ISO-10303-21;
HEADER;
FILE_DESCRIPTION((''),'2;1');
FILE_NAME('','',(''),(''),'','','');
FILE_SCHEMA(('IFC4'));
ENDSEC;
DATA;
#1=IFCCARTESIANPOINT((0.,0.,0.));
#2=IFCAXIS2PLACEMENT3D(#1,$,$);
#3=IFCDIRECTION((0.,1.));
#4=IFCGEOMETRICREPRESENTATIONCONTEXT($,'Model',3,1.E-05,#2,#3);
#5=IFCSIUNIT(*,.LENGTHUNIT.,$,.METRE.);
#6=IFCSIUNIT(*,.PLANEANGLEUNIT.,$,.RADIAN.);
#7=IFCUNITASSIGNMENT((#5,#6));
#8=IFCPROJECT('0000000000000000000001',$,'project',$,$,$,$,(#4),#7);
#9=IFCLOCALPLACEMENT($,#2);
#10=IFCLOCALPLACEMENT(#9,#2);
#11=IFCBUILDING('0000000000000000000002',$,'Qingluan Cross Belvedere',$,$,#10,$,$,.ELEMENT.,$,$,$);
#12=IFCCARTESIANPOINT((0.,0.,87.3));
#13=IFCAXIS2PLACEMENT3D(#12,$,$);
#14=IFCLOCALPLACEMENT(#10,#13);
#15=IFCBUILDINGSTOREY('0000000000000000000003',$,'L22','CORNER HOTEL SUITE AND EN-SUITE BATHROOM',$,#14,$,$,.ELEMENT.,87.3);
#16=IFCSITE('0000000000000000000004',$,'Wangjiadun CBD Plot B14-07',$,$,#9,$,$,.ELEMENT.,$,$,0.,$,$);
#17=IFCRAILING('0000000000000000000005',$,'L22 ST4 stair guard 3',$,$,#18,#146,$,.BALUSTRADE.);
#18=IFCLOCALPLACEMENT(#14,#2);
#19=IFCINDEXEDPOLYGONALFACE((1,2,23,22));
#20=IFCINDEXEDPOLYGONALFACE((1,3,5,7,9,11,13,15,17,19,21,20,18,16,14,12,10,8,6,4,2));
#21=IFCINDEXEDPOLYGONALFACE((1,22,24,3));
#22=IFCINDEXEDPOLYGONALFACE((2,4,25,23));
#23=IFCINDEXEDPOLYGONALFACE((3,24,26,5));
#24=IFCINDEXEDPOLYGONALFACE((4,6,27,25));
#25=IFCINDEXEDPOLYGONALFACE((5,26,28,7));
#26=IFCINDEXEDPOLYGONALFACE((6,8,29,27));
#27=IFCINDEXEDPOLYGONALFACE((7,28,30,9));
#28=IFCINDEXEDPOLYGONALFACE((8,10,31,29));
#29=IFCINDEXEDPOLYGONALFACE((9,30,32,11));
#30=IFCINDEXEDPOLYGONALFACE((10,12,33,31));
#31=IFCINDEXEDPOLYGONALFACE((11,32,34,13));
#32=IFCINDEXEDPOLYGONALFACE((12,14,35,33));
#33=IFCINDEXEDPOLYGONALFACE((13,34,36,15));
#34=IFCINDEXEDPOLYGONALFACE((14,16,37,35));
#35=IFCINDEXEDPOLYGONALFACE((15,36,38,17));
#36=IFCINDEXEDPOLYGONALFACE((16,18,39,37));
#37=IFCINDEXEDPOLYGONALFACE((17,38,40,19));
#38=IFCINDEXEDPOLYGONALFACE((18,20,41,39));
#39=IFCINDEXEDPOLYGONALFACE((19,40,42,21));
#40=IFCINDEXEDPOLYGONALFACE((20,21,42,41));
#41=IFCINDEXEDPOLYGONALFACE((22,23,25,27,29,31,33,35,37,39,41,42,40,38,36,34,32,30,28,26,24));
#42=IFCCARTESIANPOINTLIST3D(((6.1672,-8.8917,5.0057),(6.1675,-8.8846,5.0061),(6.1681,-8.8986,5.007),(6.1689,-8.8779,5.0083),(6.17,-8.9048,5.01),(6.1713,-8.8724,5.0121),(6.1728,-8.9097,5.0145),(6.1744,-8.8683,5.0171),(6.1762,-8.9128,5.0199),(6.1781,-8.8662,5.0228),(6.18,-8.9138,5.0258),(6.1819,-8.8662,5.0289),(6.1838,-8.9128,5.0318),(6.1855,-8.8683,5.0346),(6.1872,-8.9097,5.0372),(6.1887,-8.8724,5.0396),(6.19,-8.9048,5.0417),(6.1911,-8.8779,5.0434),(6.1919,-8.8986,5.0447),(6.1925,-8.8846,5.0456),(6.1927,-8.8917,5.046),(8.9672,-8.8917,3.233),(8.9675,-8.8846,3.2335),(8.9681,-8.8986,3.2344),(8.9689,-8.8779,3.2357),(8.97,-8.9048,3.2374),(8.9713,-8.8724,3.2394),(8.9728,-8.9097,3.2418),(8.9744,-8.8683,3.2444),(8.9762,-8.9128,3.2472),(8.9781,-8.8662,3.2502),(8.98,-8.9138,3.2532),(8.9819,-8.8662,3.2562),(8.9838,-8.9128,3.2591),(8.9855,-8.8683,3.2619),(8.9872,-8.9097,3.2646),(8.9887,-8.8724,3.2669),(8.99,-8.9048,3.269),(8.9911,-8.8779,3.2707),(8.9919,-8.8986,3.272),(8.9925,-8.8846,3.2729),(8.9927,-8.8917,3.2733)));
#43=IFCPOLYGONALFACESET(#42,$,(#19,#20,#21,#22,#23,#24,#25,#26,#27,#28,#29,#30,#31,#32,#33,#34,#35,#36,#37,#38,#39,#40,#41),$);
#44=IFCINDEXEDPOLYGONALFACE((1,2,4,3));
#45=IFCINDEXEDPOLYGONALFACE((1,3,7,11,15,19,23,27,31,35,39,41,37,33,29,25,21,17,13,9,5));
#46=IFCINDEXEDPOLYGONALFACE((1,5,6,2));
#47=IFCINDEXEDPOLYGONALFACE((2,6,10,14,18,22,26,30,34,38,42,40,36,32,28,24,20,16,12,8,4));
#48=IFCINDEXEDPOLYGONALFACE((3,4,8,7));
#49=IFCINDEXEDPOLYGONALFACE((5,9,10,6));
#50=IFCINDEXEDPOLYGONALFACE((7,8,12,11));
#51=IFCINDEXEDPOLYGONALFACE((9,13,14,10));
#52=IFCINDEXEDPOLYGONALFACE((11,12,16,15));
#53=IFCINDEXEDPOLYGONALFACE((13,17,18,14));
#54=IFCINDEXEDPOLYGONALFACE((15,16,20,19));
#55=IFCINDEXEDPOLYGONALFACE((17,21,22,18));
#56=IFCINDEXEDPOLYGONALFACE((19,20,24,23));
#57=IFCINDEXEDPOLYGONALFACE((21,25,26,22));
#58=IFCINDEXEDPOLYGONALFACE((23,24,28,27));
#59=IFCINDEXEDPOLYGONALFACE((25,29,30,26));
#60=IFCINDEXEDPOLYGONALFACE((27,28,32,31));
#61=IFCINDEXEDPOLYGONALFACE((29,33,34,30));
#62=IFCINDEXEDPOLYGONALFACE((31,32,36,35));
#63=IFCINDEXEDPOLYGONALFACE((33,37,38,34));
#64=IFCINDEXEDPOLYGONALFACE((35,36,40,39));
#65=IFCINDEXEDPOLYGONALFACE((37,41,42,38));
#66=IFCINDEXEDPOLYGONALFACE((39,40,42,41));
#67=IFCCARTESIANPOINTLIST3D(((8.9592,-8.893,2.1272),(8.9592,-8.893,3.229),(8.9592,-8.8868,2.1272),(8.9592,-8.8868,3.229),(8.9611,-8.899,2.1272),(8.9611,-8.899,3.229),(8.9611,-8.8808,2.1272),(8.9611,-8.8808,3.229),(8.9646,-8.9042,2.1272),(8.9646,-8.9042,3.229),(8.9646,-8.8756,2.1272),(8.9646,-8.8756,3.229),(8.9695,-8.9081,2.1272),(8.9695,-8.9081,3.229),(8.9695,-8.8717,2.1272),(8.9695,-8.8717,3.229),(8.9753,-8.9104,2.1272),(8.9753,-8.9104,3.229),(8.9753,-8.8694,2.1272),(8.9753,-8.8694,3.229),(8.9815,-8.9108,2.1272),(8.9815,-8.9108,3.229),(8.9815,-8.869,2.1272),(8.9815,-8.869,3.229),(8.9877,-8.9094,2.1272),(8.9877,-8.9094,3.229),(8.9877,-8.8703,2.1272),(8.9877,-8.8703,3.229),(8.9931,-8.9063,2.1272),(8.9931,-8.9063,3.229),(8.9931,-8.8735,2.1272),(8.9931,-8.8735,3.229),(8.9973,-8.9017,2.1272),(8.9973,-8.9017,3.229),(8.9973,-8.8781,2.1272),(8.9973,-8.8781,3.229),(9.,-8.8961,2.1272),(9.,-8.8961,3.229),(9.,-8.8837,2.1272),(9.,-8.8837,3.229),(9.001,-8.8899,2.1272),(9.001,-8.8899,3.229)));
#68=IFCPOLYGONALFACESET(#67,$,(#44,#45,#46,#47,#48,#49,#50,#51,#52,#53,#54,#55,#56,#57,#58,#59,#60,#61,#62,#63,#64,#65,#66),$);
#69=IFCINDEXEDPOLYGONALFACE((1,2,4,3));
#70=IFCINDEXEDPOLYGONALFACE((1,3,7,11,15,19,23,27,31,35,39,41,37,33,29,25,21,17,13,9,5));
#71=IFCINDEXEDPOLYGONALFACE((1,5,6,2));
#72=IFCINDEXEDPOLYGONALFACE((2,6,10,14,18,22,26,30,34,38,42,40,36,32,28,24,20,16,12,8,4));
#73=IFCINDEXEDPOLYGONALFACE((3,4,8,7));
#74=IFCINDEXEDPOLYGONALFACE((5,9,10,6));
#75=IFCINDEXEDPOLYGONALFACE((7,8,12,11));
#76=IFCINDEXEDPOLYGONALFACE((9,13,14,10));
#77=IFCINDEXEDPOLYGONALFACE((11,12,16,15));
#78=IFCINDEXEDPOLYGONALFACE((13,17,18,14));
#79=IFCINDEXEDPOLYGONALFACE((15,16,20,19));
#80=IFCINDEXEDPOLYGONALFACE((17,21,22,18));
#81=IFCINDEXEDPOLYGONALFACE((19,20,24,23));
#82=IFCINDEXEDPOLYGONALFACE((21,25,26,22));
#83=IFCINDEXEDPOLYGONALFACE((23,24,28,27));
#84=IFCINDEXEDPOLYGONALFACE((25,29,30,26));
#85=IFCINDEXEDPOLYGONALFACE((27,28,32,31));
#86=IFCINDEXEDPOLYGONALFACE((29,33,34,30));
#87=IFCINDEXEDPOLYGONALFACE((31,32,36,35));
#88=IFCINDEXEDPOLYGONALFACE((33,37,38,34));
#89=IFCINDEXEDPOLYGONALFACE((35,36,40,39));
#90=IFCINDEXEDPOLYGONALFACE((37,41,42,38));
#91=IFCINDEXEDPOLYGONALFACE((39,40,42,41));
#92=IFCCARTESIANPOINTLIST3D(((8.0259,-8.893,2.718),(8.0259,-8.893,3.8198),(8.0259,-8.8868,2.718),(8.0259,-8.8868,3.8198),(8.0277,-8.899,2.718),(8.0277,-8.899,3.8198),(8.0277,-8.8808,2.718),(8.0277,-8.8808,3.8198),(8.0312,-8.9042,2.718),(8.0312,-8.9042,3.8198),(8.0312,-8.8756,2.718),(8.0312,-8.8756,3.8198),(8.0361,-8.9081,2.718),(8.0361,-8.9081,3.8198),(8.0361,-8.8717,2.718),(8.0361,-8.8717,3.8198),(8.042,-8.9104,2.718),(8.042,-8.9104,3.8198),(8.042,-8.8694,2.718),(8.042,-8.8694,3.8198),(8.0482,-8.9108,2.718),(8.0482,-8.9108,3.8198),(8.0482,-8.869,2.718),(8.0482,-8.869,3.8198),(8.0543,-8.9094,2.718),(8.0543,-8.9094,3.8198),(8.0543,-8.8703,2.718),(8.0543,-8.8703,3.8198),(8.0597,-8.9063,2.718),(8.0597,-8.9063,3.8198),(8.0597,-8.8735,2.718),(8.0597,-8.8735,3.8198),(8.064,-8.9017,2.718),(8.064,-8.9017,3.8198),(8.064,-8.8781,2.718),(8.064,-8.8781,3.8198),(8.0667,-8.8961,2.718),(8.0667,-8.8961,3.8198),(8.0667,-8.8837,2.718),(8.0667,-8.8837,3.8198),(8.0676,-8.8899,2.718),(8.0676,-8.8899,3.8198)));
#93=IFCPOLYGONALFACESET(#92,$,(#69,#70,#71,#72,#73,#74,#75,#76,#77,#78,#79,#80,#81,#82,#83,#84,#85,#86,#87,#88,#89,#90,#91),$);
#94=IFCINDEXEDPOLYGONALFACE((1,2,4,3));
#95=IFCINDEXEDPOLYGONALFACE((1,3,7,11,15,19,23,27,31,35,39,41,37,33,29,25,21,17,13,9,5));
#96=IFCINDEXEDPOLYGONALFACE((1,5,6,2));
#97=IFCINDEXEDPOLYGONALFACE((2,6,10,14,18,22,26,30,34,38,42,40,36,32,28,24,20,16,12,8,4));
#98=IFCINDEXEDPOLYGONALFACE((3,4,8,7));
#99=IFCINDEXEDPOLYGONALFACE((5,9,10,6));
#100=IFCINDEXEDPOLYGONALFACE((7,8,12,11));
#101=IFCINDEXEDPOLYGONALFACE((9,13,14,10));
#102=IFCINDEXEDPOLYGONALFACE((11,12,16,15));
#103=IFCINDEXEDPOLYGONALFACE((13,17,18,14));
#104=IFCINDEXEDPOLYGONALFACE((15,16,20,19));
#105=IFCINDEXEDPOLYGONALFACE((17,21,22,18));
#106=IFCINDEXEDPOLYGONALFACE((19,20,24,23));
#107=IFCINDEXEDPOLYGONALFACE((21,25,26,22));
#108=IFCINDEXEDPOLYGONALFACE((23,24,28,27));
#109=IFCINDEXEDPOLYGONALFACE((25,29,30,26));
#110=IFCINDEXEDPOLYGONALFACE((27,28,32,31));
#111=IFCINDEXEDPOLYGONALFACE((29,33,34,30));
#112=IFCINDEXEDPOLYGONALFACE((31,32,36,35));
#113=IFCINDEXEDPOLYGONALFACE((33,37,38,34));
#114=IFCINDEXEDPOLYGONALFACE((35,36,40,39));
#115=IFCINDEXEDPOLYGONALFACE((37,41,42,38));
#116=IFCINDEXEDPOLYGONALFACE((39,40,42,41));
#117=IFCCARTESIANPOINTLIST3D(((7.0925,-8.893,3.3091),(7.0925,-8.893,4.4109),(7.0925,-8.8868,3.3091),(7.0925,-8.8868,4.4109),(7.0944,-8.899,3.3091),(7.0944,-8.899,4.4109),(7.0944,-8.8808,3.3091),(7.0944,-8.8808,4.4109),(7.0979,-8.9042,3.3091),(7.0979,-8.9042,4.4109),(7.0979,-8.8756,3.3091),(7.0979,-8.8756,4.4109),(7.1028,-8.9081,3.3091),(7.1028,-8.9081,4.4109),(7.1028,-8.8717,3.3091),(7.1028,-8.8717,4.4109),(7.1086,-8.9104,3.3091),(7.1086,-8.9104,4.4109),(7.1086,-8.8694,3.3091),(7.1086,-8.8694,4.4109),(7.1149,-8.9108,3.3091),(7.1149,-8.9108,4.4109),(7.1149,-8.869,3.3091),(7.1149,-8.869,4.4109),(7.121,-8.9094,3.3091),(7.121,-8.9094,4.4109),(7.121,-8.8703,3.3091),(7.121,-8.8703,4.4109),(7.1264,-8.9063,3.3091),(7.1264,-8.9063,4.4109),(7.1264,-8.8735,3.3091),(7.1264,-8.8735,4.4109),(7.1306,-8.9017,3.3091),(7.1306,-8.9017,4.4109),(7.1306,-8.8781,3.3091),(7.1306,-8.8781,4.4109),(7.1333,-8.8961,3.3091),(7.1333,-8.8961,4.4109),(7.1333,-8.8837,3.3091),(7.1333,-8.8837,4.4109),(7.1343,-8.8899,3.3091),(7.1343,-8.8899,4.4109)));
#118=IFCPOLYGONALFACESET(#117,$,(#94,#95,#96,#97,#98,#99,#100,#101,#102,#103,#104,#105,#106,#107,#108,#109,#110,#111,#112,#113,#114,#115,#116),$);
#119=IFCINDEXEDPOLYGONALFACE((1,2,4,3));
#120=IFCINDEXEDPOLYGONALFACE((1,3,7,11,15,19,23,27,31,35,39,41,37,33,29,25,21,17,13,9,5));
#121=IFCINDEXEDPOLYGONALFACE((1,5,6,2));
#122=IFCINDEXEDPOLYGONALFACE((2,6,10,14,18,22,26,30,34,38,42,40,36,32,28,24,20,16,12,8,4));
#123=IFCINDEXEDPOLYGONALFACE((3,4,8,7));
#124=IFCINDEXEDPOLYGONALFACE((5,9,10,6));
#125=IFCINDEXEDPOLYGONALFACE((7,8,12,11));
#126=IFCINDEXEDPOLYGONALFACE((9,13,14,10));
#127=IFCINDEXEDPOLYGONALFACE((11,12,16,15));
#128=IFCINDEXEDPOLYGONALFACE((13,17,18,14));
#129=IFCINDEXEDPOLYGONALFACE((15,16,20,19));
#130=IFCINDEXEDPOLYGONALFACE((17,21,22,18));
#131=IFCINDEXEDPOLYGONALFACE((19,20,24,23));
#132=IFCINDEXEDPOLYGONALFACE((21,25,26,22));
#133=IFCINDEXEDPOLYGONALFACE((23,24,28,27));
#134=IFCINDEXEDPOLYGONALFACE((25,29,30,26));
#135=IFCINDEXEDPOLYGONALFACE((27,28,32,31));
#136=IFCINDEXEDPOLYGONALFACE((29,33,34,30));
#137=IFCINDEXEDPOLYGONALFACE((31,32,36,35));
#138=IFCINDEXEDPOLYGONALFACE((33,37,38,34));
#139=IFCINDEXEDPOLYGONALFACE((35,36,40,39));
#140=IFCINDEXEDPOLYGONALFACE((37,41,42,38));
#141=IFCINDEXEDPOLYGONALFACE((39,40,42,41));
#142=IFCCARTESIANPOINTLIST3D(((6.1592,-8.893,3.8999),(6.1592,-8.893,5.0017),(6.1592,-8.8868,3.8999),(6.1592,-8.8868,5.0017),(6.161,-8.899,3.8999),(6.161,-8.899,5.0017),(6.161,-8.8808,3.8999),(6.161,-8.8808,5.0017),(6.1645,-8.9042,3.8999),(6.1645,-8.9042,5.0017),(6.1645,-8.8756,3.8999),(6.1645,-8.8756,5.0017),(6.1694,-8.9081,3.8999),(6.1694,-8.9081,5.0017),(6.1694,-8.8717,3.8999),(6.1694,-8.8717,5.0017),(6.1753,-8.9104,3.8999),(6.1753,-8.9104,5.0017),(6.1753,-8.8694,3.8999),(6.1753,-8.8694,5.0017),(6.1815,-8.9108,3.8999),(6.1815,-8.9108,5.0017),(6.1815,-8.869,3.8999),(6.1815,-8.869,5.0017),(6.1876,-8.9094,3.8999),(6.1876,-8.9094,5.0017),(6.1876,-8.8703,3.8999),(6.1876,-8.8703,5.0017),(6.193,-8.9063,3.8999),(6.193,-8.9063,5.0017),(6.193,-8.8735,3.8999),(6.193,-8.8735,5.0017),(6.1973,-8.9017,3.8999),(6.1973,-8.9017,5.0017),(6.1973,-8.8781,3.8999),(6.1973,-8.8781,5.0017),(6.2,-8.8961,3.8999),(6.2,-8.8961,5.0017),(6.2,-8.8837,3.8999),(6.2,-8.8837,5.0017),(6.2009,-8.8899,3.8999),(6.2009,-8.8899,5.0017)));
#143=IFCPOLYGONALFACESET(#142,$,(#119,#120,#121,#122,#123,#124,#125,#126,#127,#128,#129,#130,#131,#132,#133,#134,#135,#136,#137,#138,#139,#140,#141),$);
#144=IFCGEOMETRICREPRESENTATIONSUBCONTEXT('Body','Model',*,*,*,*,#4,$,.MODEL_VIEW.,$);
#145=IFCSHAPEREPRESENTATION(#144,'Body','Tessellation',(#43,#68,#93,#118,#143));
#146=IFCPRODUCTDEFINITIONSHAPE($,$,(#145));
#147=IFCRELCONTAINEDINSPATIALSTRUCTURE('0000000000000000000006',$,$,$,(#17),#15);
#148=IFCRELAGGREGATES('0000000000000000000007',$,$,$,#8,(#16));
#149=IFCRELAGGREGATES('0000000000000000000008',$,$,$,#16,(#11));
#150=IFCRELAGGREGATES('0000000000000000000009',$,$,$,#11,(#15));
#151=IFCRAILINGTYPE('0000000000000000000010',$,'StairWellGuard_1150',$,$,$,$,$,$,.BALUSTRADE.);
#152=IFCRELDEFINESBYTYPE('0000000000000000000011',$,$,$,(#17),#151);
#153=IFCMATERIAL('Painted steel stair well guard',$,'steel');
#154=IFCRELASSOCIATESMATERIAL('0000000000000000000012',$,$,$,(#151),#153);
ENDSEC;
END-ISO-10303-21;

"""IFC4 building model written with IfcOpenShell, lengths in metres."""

from ifc_helpers import new_model, si_unit, direction, frame, origin, origin_2d, place, context, subcontext, project, spatial, circle, extrude, material, type_object, element, save


model = new_model("IFC4")

# Units and contexts
model_context = context("Model", 3, precision=1e-05, world=origin(), true_north=direction((0.0, 1.0)))
body_context = subcontext(model_context, "Body", "Model", "MODEL_VIEW")
ifc_project = project(units=[si_unit("LENGTHUNIT", "METRE"), si_unit("PLANEANGLEUNIT", "RADIAN")], contexts=[model_context])

# Site, building, storey
site_placement = place(None, origin())
site = spatial("IfcSite", under=ifc_project, at=site_placement, Name="Wangjiadun CBD Plot B14-07", CompositionType="ELEMENT", RefElevation=0.0)
building_placement = place(site_placement, origin())
building = spatial("IfcBuilding", under=site, at=building_placement, Name="Qingluan Cross Belvedere", CompositionType="ELEMENT")
storey_placement = place(building_placement, frame((0.0, 0.0, 87.3)))
storey = spatial("IfcBuildingStorey", under=building, at=storey_placement, Name="L22", Description="CORNER HOTEL SUITE AND EN-SUITE BATHROOM", CompositionType="ELEMENT", Elevation=87.3)

# Railing
ifc_material_1 = material(Name="Painted steel stair well guard", Category="steel")
railing_type_1 = type_object("IfcRailingType", Name="StairWellGuard_1150", PredefinedType="BALUSTRADE", material=ifc_material_1)
railing_1_placement = place(storey_placement, frame((8.98, -8.8899, 2.1272)))
element("IfcRailing", 1, at=railing_1_placement, inside=storey, type_object=railing_type_1, Name="L22 ST4 stair guard 3", PredefinedType="BALUSTRADE", context=body_context, shape_type="SweptSolid", body=[
    extrude(circle(Radius=0.0239, at=origin_2d()), frame((0.0, 0.0, 1.126), z_axis=(-0.844909, 0.0, 0.53491), x_axis=(0.0, -1.0, 0.0)), (0.0, 0.0, 1.0), 3.314),
    extrude(circle(Radius=0.021, at=origin_2d()), origin(), (0.0, 0.0, 1.0), 1.1018),
    extrude(circle(Radius=0.021, at=origin_2d()), frame((-0.9333, 0.0, 0.5908)), (0.0, 0.0, 1.0), 1.1018),
    extrude(circle(Radius=0.021, at=origin_2d()), frame((-1.8667, 0.0, 1.1819)), (0.0, 0.0, 1.0), 1.1018),
    extrude(circle(Radius=0.021, at=origin_2d()), frame((-2.8, 0.0, 1.7727)), (0.0, 0.0, 1.0), 1.1018),
])

save(model, "model.ifc")
